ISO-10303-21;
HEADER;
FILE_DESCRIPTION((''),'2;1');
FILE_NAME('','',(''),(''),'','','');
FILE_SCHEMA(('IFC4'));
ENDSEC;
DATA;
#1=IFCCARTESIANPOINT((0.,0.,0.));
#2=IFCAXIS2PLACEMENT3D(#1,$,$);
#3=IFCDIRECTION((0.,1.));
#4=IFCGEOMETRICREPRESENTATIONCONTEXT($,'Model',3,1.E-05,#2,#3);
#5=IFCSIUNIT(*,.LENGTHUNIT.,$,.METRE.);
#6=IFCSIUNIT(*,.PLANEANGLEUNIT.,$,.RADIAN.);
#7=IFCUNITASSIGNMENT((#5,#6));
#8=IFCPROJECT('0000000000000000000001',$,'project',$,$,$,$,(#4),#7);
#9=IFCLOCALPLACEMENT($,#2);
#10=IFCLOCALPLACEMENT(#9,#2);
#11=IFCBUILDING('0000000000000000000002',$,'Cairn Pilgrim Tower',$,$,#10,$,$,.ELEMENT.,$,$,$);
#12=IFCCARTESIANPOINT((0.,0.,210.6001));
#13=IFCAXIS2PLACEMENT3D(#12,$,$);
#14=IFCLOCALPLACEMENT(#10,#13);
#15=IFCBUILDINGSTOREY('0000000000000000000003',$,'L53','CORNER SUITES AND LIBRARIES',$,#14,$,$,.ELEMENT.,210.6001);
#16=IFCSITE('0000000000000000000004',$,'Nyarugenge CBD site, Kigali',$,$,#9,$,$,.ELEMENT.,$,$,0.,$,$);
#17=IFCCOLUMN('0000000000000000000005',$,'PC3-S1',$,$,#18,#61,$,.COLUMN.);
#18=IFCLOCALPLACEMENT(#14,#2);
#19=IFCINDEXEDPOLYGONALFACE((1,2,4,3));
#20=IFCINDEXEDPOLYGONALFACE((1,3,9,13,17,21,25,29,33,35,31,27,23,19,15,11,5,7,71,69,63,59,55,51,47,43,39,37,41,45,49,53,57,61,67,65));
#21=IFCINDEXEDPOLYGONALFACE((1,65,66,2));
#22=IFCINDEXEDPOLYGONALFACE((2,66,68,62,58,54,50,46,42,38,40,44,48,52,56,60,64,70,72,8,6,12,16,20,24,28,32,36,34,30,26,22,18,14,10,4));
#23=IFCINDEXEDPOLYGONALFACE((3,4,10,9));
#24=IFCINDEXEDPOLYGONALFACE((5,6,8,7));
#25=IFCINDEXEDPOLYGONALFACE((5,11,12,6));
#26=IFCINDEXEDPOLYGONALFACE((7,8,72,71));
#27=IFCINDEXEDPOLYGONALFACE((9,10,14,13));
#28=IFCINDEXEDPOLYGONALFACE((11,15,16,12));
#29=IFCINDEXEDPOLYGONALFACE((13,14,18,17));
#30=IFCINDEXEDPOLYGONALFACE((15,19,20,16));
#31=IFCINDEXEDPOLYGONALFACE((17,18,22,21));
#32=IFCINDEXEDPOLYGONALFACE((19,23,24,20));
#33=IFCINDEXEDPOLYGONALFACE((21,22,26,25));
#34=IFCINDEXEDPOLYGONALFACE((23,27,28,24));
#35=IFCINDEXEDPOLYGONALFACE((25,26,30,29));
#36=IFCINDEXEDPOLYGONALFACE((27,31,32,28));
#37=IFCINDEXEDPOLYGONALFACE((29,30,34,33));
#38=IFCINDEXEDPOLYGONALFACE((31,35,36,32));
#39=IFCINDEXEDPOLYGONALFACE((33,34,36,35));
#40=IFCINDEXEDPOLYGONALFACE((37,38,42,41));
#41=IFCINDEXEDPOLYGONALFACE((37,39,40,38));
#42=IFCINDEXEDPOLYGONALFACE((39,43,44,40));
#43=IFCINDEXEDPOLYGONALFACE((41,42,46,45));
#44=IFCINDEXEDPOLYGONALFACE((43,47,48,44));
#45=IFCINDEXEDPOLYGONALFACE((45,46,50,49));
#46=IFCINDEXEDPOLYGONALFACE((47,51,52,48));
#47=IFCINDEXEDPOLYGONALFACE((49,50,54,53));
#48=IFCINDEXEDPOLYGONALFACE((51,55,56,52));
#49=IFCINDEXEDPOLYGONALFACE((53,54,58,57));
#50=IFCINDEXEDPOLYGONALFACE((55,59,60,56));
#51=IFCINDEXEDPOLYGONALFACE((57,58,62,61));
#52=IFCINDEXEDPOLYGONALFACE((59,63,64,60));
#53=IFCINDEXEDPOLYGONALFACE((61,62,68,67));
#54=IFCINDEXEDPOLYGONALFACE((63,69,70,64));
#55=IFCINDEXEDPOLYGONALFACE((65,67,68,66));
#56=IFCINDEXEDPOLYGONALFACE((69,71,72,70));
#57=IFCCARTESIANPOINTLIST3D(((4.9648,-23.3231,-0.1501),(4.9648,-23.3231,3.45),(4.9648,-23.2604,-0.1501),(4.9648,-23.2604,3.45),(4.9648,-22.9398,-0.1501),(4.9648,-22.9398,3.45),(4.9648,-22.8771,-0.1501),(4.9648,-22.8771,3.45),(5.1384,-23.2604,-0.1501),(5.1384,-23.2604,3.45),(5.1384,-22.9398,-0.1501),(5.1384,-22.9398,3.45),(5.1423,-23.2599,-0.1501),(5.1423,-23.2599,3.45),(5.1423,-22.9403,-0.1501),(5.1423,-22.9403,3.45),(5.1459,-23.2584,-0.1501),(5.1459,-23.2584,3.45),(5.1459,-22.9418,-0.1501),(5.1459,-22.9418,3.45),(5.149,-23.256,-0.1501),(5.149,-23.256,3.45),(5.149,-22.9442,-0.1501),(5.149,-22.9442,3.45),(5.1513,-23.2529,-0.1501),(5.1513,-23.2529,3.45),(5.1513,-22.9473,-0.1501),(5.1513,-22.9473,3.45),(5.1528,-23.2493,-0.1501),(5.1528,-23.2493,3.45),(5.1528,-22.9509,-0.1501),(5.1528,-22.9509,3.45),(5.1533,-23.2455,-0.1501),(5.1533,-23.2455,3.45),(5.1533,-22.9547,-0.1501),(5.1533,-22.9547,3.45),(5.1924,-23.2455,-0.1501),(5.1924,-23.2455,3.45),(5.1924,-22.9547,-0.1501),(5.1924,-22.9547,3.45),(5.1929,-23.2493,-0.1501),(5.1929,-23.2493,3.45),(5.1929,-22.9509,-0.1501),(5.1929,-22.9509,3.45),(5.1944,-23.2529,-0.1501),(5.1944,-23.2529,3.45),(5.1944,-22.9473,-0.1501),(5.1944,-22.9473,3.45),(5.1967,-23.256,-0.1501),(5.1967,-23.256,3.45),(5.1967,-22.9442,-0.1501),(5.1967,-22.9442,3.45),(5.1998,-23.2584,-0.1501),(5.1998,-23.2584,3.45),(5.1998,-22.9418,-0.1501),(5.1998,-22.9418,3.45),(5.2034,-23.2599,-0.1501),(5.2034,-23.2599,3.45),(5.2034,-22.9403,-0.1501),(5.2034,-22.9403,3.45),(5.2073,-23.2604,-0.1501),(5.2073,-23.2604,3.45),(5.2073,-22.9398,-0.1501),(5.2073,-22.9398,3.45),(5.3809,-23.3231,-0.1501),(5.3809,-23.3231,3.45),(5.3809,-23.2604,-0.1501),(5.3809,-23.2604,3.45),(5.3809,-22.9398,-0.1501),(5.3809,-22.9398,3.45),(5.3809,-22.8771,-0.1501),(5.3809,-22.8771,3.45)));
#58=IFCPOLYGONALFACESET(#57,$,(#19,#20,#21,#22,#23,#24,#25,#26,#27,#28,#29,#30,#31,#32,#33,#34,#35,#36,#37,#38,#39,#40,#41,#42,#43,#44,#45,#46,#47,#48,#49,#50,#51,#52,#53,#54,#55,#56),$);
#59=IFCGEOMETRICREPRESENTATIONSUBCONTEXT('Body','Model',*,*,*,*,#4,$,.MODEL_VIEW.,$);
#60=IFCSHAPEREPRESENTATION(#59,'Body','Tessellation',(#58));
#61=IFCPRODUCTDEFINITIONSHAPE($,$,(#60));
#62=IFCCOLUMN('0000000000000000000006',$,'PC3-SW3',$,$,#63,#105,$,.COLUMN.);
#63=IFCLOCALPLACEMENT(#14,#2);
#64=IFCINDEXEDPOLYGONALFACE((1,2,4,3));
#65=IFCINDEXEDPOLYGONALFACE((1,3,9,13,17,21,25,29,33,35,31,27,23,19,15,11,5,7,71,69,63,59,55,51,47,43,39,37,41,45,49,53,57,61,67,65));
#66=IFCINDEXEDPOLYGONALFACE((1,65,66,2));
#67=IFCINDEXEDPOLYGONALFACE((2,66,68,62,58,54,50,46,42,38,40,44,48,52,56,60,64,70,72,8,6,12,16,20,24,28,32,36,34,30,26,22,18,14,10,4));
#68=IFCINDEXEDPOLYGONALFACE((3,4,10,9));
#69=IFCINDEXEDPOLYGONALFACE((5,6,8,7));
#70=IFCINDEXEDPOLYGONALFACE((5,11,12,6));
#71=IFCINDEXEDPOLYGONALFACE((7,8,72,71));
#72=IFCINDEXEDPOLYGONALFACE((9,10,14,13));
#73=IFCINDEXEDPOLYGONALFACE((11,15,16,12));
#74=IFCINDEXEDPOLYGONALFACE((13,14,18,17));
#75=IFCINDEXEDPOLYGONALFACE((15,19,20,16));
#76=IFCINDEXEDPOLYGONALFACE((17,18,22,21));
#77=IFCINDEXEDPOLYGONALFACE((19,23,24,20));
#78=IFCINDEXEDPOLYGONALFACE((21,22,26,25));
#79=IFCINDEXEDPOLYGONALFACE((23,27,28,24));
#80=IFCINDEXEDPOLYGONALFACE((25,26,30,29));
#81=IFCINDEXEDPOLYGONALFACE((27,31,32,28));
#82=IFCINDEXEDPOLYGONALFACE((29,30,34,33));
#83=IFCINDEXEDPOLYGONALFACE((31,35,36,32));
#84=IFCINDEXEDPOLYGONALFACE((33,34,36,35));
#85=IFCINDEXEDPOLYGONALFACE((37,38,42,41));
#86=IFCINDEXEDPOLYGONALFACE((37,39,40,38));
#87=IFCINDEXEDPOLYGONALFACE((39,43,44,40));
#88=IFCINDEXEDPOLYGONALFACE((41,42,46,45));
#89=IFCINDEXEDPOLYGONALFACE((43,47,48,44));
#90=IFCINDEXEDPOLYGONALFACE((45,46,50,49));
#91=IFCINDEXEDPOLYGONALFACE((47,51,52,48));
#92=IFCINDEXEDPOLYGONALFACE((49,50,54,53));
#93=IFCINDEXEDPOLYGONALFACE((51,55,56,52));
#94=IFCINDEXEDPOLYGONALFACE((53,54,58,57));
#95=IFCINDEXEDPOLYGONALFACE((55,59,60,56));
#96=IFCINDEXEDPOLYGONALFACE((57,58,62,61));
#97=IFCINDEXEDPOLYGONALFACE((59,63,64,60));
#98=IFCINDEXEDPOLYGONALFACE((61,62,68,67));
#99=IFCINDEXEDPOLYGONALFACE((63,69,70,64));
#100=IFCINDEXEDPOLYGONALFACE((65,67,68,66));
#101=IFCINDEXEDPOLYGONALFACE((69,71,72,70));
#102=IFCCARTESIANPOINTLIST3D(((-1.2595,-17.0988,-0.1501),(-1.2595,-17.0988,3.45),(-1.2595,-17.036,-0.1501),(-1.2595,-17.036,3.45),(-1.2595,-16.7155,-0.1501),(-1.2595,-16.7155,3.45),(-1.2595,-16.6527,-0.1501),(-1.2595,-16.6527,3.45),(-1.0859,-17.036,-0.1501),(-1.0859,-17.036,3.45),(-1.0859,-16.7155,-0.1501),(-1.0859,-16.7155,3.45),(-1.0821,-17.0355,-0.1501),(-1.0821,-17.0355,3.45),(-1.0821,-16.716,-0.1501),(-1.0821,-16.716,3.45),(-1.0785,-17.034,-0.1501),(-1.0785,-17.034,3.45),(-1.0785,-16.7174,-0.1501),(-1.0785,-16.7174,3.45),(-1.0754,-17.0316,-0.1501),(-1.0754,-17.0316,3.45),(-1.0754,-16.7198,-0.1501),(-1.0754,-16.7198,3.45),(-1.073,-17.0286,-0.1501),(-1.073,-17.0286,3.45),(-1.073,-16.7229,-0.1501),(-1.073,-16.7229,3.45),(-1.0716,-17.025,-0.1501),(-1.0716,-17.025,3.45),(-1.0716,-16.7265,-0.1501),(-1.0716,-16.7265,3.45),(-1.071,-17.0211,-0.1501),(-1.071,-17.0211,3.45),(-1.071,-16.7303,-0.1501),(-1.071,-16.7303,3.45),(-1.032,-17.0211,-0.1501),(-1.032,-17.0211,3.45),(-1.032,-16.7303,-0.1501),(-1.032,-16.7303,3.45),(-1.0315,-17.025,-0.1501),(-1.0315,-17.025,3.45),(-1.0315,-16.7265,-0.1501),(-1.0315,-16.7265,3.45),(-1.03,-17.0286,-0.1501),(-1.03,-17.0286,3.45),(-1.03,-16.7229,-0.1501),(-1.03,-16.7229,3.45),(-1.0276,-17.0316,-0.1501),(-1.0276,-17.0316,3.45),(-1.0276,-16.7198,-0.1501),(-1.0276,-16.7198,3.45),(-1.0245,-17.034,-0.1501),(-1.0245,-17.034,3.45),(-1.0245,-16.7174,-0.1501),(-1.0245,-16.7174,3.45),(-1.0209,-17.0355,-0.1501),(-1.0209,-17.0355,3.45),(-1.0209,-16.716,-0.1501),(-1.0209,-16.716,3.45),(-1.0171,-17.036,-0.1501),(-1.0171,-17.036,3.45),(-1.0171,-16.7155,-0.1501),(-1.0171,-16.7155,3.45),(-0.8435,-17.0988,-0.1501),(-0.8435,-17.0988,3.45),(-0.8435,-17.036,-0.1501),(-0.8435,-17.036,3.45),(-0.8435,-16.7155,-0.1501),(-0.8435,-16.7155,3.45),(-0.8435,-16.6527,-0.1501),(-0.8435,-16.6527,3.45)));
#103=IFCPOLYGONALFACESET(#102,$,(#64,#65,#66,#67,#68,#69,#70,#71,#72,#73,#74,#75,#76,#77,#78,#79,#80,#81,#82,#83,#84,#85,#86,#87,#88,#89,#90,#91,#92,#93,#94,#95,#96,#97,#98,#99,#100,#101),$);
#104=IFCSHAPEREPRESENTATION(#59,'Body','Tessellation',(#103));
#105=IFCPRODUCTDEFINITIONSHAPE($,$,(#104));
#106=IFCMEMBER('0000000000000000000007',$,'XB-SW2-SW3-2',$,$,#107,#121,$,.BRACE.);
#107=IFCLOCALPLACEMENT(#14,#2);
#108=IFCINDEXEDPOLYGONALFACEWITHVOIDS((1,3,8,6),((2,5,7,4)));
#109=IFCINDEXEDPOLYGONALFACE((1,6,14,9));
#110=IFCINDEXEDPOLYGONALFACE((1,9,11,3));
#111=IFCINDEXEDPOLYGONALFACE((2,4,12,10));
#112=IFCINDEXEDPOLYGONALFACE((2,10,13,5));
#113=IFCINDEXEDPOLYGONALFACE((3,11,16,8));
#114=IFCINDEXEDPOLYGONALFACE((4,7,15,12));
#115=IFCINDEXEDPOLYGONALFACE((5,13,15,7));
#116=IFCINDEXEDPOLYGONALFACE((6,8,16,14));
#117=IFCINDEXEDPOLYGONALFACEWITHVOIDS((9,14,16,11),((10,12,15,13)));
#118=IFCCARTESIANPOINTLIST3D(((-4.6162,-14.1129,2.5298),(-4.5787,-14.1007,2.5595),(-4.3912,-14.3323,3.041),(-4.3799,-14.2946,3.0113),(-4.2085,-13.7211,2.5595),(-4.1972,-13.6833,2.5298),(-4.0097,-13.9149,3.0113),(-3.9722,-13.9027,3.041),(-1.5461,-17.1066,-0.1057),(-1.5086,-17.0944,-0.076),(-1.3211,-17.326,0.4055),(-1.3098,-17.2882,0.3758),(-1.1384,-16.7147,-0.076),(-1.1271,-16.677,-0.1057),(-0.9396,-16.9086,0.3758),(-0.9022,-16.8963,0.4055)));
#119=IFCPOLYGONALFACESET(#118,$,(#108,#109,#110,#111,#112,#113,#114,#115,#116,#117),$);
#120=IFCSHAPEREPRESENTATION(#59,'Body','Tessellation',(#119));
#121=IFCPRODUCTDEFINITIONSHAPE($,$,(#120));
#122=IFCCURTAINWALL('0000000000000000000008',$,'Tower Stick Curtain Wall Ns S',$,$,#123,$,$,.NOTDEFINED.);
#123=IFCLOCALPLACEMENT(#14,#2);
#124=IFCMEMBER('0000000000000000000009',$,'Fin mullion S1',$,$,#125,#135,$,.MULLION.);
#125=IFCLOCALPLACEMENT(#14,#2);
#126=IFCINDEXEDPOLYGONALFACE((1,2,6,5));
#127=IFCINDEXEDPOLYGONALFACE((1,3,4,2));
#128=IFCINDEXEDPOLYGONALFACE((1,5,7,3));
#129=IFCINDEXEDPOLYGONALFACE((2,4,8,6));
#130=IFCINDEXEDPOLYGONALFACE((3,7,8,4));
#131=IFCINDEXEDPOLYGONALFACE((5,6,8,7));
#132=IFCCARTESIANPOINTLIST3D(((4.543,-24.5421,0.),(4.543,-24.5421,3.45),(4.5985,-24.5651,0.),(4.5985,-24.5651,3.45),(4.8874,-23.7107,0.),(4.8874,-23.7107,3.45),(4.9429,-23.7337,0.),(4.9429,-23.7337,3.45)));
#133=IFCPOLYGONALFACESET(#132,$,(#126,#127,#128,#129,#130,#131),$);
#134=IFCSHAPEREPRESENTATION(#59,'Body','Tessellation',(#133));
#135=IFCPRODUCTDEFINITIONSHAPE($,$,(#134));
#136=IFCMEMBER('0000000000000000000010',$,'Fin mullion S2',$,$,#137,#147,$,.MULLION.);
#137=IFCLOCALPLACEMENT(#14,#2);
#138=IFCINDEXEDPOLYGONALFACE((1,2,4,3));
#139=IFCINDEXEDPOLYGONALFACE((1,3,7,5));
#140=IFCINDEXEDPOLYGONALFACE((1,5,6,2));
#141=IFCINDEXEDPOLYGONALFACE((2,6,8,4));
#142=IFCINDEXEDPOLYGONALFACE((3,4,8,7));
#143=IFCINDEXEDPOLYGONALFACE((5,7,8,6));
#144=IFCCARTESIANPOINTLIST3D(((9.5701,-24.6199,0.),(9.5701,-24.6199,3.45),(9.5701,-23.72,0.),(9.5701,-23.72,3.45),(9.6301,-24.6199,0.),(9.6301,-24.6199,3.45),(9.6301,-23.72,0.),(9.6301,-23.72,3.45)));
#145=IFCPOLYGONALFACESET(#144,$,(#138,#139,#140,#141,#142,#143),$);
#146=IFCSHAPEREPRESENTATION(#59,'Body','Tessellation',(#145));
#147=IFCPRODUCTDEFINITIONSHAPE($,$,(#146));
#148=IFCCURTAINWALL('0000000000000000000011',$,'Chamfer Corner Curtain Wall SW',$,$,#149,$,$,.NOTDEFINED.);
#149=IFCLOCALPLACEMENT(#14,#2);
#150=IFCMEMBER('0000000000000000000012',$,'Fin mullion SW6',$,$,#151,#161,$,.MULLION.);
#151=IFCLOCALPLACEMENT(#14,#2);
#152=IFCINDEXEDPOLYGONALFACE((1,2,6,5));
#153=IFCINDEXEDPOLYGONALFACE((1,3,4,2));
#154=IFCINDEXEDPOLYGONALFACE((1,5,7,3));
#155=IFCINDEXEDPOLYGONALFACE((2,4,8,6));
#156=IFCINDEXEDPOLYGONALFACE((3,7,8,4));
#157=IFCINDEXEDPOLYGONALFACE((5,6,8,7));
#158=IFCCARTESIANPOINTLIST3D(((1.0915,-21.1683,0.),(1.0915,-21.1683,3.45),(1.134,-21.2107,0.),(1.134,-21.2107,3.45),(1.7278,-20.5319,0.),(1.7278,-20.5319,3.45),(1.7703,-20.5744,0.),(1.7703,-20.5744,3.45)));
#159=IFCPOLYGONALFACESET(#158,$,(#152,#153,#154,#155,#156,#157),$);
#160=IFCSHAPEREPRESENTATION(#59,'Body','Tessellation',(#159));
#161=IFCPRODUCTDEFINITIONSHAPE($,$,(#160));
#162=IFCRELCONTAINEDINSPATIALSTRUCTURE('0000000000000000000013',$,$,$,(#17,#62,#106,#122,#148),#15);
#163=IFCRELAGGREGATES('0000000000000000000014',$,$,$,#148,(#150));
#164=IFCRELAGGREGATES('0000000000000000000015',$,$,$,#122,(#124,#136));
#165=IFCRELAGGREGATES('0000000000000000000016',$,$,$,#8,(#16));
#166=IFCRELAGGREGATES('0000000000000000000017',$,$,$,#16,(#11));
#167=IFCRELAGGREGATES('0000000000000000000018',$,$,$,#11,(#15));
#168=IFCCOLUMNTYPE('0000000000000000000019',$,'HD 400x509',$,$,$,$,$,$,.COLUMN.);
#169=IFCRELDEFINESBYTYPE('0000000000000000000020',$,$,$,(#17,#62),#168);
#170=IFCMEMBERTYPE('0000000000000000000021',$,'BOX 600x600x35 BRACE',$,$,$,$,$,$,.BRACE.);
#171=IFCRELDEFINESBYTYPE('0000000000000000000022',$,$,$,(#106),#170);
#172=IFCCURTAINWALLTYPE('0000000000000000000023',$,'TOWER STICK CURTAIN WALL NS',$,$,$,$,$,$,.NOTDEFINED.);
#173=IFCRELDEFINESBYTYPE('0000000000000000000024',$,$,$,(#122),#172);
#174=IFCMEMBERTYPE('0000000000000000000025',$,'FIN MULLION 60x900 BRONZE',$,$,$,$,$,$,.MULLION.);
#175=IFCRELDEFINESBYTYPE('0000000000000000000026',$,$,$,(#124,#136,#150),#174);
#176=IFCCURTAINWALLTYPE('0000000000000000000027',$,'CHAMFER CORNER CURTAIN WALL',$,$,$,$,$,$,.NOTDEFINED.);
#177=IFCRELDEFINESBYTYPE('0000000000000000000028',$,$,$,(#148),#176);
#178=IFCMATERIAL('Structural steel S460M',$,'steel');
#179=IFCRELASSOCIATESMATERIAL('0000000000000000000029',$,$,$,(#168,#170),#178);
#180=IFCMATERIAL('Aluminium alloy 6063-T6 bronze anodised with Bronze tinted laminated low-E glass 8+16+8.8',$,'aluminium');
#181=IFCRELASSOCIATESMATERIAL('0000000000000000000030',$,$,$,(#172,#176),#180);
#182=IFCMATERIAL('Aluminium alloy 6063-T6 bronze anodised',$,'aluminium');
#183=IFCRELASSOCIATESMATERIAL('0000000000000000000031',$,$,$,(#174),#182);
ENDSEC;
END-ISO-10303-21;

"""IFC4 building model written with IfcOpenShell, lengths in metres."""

from ifc_helpers import new_model, si_unit, direction, frame, origin, origin_2d, place, context, subcontext, project, spatial, rectangle, hollow_rectangle, i_section, extrude, material, material_profile, profile_set, type_object, element, aggregate, save


model = new_model("IFC4")

# Units and contexts
model_context = context("Model", 3, precision=1e-05, world=origin(), true_north=direction((0.0, 1.0)))
body_context = subcontext(model_context, "Body", "Model", "MODEL_VIEW")
ifc_project = project(units=[si_unit("LENGTHUNIT", "METRE"), si_unit("PLANEANGLEUNIT", "RADIAN")], contexts=[model_context])

# Site, building, storey
site_placement = place(None, origin())
site = spatial("IfcSite", under=ifc_project, at=site_placement, Name="Nyarugenge CBD site, Kigali", CompositionType="ELEMENT", RefElevation=0.0)
building_placement = place(site_placement, origin())
building = spatial("IfcBuilding", under=site, at=building_placement, Name="Cairn Pilgrim Tower", CompositionType="ELEMENT")
storey_placement = place(building_placement, frame((0.0, 0.0, 210.6001)))
storey = spatial("IfcBuildingStorey", under=building, at=storey_placement, Name="L53", Description="CORNER SUITES AND LIBRARIES", CompositionType="ELEMENT", Elevation=210.6001)

# Columns
ifc_material_1 = material(Name="Structural steel S460M", Category="steel")
ifc_material_profile_1 = material_profile(ifc_material_1, i_section(OverallWidth=0.416, OverallDepth=0.446, WebThickness=0.0391, FlangeThickness=0.0627, FilletRadius=0.0149, at=origin_2d()), Name="HD 400x509")
ifc_profile_set_1 = profile_set([ifc_material_profile_1], Name="Structural steel S460M")
column_type = type_object("IfcColumnType", Name="HD 400x509", PredefinedType="COLUMN", material=ifc_profile_set_1)
for number, where, z_axis, x_axis, name in (
    (1, (5.1729, -23.1001, -0.1501), (0.0, 0.0, 1.0), (1.0, 0.0, 0.0), "PC3-S1"),
    (2, (-1.0515, -16.8757, -0.1501), (0.0, 0.0, 1.0), (1.0, 0.0, 0.0), "PC3-SW3"),
):
    element("IfcColumn", number, at=place(storey_placement, frame(where, z_axis=z_axis, x_axis=x_axis)), inside=storey, type_object=column_type, Name=name, PredefinedType="COLUMN", context=body_context, shape_type="SweptSolid", body=[
        extrude(i_section(OverallWidth=0.416, OverallDepth=0.446, WebThickness=0.0391, FlangeThickness=0.0627, FilletRadius=0.0149, at=origin_2d()), origin(), (0.0, 0.0, 1.0), 3.6001),
    ])

# Member
ifc_material_profile_2 = material_profile(ifc_material_1, hollow_rectangle(XDim=0.6001, YDim=0.6001, WallThickness=0.0349, at=origin_2d()), Name="BOX 600x600x35")
ifc_profile_set_2 = profile_set([ifc_material_profile_2], Name="Structural steel S460M")
member_type_1 = type_object("IfcMemberType", Name="BOX 600x600x35 BRACE", PredefinedType="BRACE", material=ifc_profile_set_2)
member_1_placement = place(storey_placement, frame((-1.2241, -17.0015, 0.1499), z_axis=(-0.609963, 0.594781, 0.523623), x_axis=(-0.69814, -0.715961, 0.0)))
element("IfcMember", 3, at=member_1_placement, inside=storey, type_object=member_type_1, Name="XB-SW2-SW3-2", PredefinedType="BRACE", context=body_context, shape_type="SweptSolid", body=[
    extrude(hollow_rectangle(XDim=0.6001, YDim=0.6001, WallThickness=0.0349, at=origin_2d()), origin(), (0.0, 0.0, 1.0), 5.0332),
])

# Curtain wall, members
ifc_material_2 = material(Name="Aluminium alloy 6063-T6 bronze anodised with Bronze tinted laminated low-E glass 8+16+8.8", Category="aluminium")
curtain_wall_type_1 = type_object("IfcCurtainWallType", Name="TOWER STICK CURTAIN WALL NS", PredefinedType="NOTDEFINED", material=ifc_material_2)
curtain_wall_1_placement = place(storey_placement, origin())
curtain_wall_1 = element("IfcCurtainWall", 4, at=curtain_wall_1_placement, inside=storey, type_object=curtain_wall_type_1, Name="Tower Stick Curtain Wall Ns S", PredefinedType="NOTDEFINED")
ifc_material_3 = material(Name="Aluminium alloy 6063-T6 bronze anodised", Category="aluminium")
ifc_material_profile_3 = material_profile(ifc_material_3, rectangle(XDim=0.8999, YDim=0.0601, at=origin_2d()), Name="FIN MULLION 60x900 BRONZE")
ifc_profile_set_3 = profile_set([ifc_material_profile_3], Name="Aluminium alloy 6063-T6 bronze anodised")
member_type_2 = type_object("IfcMemberType", Name="FIN MULLION 60x900 BRONZE", PredefinedType="MULLION", material=ifc_profile_set_3)
member_2_placement = place(storey_placement, frame((4.7429, -24.1379, 0.0), z_axis=(0.0, 0.0, 1.0), x_axis=(-0.382683, -0.92388, 0.0)))
member_2 = element("IfcMember", 5, at=member_2_placement, type_object=member_type_2, Name="Fin mullion S1", PredefinedType="MULLION", context=body_context, shape_type="SweptSolid", body=[
    extrude(rectangle(XDim=0.8999, YDim=0.0601, at=origin_2d()), origin(), (0.0, 0.0, 1.0), 3.45),
])
member_3_placement = place(storey_placement, frame((9.6001, -24.1699, 0.0), z_axis=(0.0, 0.0, 1.0), x_axis=(0.0, -1.0, 0.0)))
member_3 = element("IfcMember", 6, at=member_3_placement, type_object=member_type_2, Name="Fin mullion S2", PredefinedType="MULLION", context=body_context, shape_type="SweptSolid", body=[
    extrude(rectangle(XDim=0.8999, YDim=0.0601, at=origin_2d()), origin(), (0.0, 0.0, 1.0), 3.45),
])

# Curtain wall, member
curtain_wall_type_2 = type_object("IfcCurtainWallType", Name="CHAMFER CORNER CURTAIN WALL", PredefinedType="NOTDEFINED", material=ifc_material_2)
curtain_wall_2_placement = place(storey_placement, origin())
curtain_wall_2 = element("IfcCurtainWall", 7, at=curtain_wall_2_placement, inside=storey, type_object=curtain_wall_type_2, Name="Chamfer Corner Curtain Wall SW", PredefinedType="NOTDEFINED")
member_4_placement = place(storey_placement, frame((1.4309, -20.8713, 0.0), z_axis=(0.0, 0.0, 1.0), x_axis=(-0.707107, -0.707107, 0.0)))
member_4 = element("IfcMember", 8, at=member_4_placement, type_object=member_type_2, Name="Fin mullion SW6", PredefinedType="MULLION", context=body_context, shape_type="SweptSolid", body=[
    extrude(rectangle(XDim=0.8999, YDim=0.0601, at=origin_2d()), origin(), (0.0, 0.0, 1.0), 3.45),
])

aggregate(curtain_wall_2, [member_4])
aggregate(curtain_wall_1, [member_2, member_3])

save(model, "model.ifc")
